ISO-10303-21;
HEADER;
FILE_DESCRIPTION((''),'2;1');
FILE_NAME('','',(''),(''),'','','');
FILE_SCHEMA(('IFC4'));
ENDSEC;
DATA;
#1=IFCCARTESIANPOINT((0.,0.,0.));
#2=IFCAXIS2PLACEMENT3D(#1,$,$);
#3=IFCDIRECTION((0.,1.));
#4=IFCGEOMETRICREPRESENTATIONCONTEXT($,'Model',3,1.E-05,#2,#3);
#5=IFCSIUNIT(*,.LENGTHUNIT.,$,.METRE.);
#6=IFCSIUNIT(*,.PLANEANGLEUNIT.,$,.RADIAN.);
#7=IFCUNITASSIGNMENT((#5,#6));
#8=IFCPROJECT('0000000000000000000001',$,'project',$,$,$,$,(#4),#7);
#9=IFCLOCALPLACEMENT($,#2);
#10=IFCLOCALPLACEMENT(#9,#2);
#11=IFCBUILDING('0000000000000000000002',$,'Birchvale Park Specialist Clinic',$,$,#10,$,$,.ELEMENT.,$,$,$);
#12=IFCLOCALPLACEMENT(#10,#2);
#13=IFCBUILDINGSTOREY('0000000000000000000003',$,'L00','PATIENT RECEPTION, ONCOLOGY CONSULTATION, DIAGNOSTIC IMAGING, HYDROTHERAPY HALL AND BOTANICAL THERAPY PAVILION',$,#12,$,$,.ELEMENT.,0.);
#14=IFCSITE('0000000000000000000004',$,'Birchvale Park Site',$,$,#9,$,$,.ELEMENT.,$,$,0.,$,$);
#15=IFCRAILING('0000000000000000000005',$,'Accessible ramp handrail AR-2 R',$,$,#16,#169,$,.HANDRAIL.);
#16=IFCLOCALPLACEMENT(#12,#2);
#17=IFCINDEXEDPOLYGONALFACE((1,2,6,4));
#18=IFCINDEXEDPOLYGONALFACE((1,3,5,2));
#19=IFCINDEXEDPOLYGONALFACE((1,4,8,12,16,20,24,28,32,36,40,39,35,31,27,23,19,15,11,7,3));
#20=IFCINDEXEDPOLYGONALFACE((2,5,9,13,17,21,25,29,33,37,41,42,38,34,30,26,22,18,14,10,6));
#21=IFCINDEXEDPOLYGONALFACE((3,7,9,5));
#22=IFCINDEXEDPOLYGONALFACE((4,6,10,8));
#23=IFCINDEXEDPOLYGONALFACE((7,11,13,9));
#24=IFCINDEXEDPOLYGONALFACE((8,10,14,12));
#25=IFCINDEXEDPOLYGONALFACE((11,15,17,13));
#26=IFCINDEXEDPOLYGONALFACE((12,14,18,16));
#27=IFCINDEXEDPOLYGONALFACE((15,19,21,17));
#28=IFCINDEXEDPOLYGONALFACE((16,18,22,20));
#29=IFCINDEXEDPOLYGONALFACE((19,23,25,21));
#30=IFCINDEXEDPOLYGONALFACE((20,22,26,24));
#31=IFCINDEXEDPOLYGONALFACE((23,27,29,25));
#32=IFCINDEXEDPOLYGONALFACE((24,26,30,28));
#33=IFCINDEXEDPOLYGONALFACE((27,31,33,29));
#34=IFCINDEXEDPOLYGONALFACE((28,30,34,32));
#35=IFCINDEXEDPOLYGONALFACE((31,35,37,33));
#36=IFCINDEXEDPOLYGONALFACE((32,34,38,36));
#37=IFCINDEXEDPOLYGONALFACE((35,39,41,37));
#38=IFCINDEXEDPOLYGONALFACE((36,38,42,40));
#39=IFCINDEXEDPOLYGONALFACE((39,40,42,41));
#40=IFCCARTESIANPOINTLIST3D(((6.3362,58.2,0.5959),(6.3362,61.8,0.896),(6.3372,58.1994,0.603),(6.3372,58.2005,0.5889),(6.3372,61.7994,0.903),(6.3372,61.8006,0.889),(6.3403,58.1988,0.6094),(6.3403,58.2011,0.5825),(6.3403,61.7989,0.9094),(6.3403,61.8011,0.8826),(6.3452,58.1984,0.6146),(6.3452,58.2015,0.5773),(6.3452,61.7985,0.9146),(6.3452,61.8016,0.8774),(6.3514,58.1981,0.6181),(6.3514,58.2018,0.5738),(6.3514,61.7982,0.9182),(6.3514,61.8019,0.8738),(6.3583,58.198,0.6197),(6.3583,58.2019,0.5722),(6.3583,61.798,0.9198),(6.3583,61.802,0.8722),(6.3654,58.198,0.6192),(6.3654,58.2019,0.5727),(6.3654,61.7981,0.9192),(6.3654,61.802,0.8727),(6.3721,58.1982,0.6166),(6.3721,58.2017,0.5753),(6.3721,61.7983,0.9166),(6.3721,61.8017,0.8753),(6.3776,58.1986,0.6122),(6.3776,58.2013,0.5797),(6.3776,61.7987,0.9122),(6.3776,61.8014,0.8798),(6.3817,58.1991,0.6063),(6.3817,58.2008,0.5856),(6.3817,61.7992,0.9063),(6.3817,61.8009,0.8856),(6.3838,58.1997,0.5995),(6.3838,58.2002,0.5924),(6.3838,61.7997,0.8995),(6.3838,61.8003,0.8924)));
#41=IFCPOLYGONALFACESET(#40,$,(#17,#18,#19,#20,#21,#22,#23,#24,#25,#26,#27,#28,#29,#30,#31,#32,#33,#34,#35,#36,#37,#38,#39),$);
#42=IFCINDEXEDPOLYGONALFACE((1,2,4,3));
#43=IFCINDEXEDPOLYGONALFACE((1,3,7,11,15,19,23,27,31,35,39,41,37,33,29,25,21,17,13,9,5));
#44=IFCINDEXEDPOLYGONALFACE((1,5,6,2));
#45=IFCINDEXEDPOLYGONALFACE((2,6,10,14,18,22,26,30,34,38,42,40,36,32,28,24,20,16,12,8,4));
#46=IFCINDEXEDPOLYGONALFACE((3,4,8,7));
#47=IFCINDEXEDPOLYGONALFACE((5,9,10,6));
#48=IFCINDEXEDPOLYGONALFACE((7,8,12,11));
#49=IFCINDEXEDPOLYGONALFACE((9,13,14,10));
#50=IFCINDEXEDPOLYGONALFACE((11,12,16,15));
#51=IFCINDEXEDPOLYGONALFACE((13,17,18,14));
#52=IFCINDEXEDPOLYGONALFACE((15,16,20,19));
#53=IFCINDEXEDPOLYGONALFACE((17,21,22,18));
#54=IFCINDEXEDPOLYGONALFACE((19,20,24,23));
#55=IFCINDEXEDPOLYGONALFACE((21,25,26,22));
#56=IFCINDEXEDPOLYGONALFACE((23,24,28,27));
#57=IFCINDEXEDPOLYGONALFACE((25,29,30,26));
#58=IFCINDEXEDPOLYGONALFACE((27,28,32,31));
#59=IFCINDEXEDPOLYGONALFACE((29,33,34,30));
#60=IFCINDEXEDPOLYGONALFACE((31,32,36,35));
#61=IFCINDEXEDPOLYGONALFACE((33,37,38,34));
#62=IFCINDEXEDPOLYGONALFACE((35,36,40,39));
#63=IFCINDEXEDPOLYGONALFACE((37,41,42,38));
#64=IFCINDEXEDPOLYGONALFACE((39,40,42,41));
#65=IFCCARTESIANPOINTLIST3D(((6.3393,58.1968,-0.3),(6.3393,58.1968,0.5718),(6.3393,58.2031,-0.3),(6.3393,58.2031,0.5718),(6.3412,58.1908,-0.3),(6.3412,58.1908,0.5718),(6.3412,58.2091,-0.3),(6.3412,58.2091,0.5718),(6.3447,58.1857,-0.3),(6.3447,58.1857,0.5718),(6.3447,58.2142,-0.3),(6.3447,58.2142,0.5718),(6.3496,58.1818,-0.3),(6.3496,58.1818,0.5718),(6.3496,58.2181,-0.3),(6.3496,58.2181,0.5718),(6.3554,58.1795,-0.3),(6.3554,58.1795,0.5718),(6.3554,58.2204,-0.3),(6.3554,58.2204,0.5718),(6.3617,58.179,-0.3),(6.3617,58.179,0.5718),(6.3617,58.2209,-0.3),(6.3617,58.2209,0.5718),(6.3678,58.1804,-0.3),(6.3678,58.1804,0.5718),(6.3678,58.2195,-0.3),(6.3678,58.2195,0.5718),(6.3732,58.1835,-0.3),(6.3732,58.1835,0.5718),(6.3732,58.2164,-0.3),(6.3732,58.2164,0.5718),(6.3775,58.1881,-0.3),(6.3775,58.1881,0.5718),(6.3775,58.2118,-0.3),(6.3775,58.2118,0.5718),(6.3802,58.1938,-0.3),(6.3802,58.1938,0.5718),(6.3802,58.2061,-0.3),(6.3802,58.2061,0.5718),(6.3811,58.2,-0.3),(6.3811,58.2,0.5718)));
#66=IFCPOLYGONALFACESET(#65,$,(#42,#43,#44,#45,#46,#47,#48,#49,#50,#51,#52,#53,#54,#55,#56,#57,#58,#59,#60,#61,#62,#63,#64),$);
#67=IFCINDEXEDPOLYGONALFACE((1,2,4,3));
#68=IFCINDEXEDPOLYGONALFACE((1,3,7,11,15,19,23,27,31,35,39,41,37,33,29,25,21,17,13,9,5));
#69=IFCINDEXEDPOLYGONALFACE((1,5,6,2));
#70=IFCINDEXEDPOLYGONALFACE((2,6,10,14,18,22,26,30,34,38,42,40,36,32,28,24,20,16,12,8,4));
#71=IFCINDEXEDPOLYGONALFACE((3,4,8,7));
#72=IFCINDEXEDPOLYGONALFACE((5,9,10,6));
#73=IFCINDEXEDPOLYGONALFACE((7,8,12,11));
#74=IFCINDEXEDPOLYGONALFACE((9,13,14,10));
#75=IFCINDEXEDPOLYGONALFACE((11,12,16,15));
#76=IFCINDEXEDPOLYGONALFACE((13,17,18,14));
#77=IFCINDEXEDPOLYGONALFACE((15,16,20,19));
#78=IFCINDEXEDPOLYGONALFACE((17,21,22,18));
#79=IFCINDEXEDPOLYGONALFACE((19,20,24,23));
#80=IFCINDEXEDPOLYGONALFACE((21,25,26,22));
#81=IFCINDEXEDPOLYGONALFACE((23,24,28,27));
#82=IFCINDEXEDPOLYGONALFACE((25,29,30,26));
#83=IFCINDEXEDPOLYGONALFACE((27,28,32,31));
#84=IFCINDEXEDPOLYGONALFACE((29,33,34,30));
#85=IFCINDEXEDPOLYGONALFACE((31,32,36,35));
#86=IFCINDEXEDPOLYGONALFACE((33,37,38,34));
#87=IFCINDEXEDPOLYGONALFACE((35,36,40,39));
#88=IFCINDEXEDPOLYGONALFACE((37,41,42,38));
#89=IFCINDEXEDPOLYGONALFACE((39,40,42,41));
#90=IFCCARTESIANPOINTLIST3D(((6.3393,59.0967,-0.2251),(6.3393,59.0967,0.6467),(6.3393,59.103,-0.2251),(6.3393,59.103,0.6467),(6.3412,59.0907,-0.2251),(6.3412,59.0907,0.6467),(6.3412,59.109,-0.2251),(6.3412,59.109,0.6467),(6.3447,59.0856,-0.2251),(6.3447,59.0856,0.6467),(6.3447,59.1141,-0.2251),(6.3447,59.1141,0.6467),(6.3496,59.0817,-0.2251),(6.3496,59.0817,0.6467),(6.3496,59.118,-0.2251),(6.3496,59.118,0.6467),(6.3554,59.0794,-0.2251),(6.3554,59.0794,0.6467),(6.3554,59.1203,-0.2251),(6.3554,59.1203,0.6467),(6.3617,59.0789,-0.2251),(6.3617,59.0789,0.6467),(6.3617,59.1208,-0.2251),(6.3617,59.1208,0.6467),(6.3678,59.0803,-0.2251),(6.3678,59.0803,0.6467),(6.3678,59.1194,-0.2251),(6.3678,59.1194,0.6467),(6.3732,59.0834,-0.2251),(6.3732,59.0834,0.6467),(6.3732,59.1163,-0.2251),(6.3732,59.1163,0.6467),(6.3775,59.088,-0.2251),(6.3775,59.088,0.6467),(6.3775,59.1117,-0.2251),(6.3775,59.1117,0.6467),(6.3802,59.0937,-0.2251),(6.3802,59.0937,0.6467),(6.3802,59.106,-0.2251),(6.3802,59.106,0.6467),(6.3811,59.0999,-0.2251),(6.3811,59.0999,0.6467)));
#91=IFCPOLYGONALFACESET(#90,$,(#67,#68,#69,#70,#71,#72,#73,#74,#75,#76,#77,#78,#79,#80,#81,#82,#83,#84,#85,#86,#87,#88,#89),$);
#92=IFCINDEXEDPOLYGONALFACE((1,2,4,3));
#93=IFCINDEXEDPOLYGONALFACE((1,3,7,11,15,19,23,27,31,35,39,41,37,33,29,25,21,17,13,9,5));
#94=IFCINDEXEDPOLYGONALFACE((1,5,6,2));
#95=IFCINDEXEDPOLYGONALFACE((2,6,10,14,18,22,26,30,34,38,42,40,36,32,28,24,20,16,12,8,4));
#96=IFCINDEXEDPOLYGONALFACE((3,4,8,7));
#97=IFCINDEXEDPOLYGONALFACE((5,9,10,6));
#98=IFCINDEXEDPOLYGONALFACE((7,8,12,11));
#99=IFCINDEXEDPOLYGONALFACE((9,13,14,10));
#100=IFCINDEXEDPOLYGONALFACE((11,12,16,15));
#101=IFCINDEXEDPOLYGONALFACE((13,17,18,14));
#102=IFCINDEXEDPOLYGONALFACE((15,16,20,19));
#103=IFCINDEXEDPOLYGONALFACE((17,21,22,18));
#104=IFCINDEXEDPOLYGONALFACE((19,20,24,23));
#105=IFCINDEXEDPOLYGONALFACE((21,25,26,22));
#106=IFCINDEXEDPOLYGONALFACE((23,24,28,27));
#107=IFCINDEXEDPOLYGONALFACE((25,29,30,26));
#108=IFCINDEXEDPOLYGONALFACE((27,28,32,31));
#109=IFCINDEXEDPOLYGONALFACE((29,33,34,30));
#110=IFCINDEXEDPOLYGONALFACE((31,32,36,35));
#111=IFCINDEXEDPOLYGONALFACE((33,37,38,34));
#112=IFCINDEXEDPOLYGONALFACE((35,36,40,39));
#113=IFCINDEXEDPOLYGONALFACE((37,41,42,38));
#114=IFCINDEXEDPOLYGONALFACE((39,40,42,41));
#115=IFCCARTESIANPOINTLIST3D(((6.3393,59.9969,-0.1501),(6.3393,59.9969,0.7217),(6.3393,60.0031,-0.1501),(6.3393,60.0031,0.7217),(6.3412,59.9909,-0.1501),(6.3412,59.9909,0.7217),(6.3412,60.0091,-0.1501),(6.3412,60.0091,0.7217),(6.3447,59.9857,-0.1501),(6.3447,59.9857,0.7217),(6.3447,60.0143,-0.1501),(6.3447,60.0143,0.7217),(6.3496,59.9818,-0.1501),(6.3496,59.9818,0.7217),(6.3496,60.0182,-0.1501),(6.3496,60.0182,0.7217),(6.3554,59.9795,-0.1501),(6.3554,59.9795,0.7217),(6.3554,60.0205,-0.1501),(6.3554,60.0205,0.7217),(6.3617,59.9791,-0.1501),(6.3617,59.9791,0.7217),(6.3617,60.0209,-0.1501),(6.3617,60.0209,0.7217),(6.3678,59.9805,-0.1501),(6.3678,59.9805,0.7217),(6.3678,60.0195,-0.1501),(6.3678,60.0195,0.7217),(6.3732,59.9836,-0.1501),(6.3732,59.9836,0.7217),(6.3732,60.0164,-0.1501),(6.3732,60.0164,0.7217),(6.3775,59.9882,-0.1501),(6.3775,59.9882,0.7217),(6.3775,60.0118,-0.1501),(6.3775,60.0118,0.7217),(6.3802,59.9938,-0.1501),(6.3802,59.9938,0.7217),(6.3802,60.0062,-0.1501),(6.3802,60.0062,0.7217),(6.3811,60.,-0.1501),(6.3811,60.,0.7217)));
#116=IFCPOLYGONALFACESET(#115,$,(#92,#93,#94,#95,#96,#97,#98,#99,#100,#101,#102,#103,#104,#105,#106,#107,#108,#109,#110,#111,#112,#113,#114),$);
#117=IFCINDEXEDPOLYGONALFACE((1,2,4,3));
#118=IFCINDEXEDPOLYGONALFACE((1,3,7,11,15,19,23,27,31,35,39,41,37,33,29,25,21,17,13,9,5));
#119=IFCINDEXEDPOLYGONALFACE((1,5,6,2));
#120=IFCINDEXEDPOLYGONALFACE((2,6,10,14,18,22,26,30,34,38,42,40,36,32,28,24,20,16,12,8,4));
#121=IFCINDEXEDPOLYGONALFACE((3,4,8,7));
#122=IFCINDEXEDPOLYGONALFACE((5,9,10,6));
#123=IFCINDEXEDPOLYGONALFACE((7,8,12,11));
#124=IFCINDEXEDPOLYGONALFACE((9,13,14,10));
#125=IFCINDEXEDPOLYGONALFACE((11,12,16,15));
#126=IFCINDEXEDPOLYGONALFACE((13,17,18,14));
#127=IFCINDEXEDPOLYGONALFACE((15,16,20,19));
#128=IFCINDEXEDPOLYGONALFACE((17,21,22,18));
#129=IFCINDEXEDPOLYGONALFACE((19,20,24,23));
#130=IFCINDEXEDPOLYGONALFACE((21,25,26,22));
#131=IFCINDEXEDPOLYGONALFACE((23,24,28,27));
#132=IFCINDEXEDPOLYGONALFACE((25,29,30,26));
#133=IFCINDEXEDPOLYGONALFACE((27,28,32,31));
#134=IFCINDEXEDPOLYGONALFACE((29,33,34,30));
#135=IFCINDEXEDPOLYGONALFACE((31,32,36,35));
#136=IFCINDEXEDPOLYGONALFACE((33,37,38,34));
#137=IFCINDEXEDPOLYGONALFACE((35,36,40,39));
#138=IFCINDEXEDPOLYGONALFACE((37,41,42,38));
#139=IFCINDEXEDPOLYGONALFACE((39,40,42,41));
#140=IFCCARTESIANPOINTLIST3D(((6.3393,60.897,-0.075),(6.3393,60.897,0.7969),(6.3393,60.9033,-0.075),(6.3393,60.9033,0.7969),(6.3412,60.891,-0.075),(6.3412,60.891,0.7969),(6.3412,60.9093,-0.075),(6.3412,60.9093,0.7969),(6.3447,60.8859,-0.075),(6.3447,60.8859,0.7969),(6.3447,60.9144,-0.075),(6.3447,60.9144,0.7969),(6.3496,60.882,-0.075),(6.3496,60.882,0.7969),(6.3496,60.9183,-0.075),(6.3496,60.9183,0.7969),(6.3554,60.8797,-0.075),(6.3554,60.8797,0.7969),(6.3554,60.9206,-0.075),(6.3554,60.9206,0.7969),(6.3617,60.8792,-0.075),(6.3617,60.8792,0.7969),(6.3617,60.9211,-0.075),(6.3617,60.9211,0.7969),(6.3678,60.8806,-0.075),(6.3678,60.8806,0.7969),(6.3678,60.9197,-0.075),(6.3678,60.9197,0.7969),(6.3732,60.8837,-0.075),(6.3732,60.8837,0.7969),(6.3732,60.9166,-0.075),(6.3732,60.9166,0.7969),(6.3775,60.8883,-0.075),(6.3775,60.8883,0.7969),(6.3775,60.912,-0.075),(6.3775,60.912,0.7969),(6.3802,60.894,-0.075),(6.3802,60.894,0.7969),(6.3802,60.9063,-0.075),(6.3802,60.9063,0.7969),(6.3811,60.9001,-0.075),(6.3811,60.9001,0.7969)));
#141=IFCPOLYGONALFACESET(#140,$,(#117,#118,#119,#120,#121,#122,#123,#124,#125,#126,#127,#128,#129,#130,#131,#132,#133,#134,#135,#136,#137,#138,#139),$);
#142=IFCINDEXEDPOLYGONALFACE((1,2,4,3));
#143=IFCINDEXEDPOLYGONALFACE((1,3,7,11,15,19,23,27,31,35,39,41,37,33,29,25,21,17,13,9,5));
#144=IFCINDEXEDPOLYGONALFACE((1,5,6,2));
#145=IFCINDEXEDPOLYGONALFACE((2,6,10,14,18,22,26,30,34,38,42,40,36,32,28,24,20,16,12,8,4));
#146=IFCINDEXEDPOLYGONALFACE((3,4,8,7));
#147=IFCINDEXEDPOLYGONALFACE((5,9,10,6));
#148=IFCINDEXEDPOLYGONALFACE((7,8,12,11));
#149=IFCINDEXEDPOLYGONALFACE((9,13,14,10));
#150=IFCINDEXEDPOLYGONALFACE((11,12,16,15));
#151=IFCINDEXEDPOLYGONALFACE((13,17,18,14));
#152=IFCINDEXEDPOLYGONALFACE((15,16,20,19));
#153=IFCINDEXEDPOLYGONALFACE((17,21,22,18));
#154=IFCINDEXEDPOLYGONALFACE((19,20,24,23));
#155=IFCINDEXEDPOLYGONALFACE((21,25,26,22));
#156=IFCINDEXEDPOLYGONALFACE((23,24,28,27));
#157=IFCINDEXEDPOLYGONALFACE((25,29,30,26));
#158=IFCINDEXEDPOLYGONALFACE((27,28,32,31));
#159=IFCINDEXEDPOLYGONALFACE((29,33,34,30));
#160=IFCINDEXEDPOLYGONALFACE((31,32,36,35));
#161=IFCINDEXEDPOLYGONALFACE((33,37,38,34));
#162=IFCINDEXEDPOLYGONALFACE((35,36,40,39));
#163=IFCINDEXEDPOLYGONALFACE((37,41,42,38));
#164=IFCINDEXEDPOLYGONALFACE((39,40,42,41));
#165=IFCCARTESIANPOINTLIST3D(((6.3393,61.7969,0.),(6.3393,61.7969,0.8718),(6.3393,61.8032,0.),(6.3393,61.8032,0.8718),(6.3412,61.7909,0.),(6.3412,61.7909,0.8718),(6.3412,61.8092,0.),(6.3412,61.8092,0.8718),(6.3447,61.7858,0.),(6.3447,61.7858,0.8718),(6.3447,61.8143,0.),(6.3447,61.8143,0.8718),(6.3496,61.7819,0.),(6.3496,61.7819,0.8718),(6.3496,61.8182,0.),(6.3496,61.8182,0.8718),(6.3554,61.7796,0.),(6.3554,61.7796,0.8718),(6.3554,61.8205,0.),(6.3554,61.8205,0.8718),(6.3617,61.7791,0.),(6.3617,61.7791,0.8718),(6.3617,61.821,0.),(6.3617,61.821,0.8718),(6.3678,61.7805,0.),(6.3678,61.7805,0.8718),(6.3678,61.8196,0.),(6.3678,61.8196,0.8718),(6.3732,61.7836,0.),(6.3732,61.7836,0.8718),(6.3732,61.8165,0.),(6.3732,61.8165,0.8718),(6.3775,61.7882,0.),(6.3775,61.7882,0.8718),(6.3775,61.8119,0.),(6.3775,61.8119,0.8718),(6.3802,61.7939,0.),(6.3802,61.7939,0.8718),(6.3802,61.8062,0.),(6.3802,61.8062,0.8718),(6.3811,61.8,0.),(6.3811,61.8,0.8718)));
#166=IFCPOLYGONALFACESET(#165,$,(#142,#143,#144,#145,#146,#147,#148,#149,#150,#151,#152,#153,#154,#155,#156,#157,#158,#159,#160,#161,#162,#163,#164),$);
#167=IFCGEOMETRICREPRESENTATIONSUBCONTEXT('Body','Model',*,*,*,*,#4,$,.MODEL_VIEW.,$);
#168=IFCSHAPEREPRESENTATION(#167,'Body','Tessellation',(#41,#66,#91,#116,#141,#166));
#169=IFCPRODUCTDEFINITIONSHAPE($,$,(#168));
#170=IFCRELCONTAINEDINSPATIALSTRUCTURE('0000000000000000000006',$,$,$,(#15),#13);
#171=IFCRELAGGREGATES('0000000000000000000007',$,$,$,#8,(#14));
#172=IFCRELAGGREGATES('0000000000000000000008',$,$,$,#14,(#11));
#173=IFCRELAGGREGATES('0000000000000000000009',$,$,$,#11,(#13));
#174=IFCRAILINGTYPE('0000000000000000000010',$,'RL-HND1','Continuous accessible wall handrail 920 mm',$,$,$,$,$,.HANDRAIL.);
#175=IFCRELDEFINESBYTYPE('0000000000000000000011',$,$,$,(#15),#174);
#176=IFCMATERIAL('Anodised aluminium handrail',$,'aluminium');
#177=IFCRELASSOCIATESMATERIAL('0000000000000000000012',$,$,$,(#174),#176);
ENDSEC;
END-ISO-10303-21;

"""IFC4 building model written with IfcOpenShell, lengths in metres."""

from ifc_helpers import new_model, si_unit, direction, frame, origin, origin_2d, place, context, subcontext, project, spatial, circle, extrude, material, type_object, element, save


model = new_model("IFC4")

# Units and contexts
model_context = context("Model", 3, precision=1e-05, world=origin(), true_north=direction((0.0, 1.0)))
body_context = subcontext(model_context, "Body", "Model", "MODEL_VIEW")
ifc_project = project(units=[si_unit("LENGTHUNIT", "METRE"), si_unit("PLANEANGLEUNIT", "RADIAN")], contexts=[model_context])

# Site, building, storey
site_placement = place(None, origin())
site = spatial("IfcSite", under=ifc_project, at=site_placement, Name="Birchvale Park Site", CompositionType="ELEMENT", RefElevation=0.0)
building_placement = place(site_placement, origin())
building = spatial("IfcBuilding", under=site, at=building_placement, Name="Birchvale Park Specialist Clinic", CompositionType="ELEMENT")
storey_placement = place(building_placement, origin())
storey = spatial("IfcBuildingStorey", under=building, at=storey_placement, Name="L00", Description="PATIENT RECEPTION, ONCOLOGY CONSULTATION, DIAGNOSTIC IMAGING, HYDROTHERAPY HALL AND BOTANICAL THERAPY PAVILION", CompositionType="ELEMENT", Elevation=0.0)

# Railing
ifc_material_1 = material(Name="Anodised aluminium handrail", Category="aluminium")
railing_type = type_object("IfcRailingType", Name="RL-HND1", Description="Continuous accessible wall handrail 920 mm", PredefinedType="HANDRAIL", material=ifc_material_1)
for number, where, name in (
    (1, (6.3601, 58.2, -0.3), "Accessible ramp handrail AR-2 R"),
):
    element("IfcRailing", number, at=place(storey_placement, frame(where)), inside=storey, type_object=railing_type, Name=name, PredefinedType="HANDRAIL", context=body_context, shape_type="SweptSolid", body=[
        extrude(circle(Radius=0.0239, at=origin_2d()), frame((0.0, 0.0, 0.896), z_axis=(0.0, 0.996545, 0.083057), x_axis=(-1.0, 0.0, 0.0)), (0.0, 0.0, 1.0), 3.6125),
        extrude(circle(Radius=0.021, at=origin_2d()), origin(), (0.0, 0.0, 1.0), 0.8718),
        extrude(circle(Radius=0.021, at=origin_2d()), frame((0.0, 0.8999, 0.075)), (0.0, 0.0, 1.0), 0.8718),
        extrude(circle(Radius=0.021, at=origin_2d()), frame((0.0, 1.8, 0.1499)), (0.0, 0.0, 1.0), 0.8718),
        extrude(circle(Radius=0.021, at=origin_2d()), frame((0.0, 2.7002, 0.2251)), (0.0, 0.0, 1.0), 0.8718),
        extrude(circle(Radius=0.021, at=origin_2d()), frame((0.0, 3.6001, 0.3)), (0.0, 0.0, 1.0), 0.8718),
    ])

save(model, "model.ifc")
